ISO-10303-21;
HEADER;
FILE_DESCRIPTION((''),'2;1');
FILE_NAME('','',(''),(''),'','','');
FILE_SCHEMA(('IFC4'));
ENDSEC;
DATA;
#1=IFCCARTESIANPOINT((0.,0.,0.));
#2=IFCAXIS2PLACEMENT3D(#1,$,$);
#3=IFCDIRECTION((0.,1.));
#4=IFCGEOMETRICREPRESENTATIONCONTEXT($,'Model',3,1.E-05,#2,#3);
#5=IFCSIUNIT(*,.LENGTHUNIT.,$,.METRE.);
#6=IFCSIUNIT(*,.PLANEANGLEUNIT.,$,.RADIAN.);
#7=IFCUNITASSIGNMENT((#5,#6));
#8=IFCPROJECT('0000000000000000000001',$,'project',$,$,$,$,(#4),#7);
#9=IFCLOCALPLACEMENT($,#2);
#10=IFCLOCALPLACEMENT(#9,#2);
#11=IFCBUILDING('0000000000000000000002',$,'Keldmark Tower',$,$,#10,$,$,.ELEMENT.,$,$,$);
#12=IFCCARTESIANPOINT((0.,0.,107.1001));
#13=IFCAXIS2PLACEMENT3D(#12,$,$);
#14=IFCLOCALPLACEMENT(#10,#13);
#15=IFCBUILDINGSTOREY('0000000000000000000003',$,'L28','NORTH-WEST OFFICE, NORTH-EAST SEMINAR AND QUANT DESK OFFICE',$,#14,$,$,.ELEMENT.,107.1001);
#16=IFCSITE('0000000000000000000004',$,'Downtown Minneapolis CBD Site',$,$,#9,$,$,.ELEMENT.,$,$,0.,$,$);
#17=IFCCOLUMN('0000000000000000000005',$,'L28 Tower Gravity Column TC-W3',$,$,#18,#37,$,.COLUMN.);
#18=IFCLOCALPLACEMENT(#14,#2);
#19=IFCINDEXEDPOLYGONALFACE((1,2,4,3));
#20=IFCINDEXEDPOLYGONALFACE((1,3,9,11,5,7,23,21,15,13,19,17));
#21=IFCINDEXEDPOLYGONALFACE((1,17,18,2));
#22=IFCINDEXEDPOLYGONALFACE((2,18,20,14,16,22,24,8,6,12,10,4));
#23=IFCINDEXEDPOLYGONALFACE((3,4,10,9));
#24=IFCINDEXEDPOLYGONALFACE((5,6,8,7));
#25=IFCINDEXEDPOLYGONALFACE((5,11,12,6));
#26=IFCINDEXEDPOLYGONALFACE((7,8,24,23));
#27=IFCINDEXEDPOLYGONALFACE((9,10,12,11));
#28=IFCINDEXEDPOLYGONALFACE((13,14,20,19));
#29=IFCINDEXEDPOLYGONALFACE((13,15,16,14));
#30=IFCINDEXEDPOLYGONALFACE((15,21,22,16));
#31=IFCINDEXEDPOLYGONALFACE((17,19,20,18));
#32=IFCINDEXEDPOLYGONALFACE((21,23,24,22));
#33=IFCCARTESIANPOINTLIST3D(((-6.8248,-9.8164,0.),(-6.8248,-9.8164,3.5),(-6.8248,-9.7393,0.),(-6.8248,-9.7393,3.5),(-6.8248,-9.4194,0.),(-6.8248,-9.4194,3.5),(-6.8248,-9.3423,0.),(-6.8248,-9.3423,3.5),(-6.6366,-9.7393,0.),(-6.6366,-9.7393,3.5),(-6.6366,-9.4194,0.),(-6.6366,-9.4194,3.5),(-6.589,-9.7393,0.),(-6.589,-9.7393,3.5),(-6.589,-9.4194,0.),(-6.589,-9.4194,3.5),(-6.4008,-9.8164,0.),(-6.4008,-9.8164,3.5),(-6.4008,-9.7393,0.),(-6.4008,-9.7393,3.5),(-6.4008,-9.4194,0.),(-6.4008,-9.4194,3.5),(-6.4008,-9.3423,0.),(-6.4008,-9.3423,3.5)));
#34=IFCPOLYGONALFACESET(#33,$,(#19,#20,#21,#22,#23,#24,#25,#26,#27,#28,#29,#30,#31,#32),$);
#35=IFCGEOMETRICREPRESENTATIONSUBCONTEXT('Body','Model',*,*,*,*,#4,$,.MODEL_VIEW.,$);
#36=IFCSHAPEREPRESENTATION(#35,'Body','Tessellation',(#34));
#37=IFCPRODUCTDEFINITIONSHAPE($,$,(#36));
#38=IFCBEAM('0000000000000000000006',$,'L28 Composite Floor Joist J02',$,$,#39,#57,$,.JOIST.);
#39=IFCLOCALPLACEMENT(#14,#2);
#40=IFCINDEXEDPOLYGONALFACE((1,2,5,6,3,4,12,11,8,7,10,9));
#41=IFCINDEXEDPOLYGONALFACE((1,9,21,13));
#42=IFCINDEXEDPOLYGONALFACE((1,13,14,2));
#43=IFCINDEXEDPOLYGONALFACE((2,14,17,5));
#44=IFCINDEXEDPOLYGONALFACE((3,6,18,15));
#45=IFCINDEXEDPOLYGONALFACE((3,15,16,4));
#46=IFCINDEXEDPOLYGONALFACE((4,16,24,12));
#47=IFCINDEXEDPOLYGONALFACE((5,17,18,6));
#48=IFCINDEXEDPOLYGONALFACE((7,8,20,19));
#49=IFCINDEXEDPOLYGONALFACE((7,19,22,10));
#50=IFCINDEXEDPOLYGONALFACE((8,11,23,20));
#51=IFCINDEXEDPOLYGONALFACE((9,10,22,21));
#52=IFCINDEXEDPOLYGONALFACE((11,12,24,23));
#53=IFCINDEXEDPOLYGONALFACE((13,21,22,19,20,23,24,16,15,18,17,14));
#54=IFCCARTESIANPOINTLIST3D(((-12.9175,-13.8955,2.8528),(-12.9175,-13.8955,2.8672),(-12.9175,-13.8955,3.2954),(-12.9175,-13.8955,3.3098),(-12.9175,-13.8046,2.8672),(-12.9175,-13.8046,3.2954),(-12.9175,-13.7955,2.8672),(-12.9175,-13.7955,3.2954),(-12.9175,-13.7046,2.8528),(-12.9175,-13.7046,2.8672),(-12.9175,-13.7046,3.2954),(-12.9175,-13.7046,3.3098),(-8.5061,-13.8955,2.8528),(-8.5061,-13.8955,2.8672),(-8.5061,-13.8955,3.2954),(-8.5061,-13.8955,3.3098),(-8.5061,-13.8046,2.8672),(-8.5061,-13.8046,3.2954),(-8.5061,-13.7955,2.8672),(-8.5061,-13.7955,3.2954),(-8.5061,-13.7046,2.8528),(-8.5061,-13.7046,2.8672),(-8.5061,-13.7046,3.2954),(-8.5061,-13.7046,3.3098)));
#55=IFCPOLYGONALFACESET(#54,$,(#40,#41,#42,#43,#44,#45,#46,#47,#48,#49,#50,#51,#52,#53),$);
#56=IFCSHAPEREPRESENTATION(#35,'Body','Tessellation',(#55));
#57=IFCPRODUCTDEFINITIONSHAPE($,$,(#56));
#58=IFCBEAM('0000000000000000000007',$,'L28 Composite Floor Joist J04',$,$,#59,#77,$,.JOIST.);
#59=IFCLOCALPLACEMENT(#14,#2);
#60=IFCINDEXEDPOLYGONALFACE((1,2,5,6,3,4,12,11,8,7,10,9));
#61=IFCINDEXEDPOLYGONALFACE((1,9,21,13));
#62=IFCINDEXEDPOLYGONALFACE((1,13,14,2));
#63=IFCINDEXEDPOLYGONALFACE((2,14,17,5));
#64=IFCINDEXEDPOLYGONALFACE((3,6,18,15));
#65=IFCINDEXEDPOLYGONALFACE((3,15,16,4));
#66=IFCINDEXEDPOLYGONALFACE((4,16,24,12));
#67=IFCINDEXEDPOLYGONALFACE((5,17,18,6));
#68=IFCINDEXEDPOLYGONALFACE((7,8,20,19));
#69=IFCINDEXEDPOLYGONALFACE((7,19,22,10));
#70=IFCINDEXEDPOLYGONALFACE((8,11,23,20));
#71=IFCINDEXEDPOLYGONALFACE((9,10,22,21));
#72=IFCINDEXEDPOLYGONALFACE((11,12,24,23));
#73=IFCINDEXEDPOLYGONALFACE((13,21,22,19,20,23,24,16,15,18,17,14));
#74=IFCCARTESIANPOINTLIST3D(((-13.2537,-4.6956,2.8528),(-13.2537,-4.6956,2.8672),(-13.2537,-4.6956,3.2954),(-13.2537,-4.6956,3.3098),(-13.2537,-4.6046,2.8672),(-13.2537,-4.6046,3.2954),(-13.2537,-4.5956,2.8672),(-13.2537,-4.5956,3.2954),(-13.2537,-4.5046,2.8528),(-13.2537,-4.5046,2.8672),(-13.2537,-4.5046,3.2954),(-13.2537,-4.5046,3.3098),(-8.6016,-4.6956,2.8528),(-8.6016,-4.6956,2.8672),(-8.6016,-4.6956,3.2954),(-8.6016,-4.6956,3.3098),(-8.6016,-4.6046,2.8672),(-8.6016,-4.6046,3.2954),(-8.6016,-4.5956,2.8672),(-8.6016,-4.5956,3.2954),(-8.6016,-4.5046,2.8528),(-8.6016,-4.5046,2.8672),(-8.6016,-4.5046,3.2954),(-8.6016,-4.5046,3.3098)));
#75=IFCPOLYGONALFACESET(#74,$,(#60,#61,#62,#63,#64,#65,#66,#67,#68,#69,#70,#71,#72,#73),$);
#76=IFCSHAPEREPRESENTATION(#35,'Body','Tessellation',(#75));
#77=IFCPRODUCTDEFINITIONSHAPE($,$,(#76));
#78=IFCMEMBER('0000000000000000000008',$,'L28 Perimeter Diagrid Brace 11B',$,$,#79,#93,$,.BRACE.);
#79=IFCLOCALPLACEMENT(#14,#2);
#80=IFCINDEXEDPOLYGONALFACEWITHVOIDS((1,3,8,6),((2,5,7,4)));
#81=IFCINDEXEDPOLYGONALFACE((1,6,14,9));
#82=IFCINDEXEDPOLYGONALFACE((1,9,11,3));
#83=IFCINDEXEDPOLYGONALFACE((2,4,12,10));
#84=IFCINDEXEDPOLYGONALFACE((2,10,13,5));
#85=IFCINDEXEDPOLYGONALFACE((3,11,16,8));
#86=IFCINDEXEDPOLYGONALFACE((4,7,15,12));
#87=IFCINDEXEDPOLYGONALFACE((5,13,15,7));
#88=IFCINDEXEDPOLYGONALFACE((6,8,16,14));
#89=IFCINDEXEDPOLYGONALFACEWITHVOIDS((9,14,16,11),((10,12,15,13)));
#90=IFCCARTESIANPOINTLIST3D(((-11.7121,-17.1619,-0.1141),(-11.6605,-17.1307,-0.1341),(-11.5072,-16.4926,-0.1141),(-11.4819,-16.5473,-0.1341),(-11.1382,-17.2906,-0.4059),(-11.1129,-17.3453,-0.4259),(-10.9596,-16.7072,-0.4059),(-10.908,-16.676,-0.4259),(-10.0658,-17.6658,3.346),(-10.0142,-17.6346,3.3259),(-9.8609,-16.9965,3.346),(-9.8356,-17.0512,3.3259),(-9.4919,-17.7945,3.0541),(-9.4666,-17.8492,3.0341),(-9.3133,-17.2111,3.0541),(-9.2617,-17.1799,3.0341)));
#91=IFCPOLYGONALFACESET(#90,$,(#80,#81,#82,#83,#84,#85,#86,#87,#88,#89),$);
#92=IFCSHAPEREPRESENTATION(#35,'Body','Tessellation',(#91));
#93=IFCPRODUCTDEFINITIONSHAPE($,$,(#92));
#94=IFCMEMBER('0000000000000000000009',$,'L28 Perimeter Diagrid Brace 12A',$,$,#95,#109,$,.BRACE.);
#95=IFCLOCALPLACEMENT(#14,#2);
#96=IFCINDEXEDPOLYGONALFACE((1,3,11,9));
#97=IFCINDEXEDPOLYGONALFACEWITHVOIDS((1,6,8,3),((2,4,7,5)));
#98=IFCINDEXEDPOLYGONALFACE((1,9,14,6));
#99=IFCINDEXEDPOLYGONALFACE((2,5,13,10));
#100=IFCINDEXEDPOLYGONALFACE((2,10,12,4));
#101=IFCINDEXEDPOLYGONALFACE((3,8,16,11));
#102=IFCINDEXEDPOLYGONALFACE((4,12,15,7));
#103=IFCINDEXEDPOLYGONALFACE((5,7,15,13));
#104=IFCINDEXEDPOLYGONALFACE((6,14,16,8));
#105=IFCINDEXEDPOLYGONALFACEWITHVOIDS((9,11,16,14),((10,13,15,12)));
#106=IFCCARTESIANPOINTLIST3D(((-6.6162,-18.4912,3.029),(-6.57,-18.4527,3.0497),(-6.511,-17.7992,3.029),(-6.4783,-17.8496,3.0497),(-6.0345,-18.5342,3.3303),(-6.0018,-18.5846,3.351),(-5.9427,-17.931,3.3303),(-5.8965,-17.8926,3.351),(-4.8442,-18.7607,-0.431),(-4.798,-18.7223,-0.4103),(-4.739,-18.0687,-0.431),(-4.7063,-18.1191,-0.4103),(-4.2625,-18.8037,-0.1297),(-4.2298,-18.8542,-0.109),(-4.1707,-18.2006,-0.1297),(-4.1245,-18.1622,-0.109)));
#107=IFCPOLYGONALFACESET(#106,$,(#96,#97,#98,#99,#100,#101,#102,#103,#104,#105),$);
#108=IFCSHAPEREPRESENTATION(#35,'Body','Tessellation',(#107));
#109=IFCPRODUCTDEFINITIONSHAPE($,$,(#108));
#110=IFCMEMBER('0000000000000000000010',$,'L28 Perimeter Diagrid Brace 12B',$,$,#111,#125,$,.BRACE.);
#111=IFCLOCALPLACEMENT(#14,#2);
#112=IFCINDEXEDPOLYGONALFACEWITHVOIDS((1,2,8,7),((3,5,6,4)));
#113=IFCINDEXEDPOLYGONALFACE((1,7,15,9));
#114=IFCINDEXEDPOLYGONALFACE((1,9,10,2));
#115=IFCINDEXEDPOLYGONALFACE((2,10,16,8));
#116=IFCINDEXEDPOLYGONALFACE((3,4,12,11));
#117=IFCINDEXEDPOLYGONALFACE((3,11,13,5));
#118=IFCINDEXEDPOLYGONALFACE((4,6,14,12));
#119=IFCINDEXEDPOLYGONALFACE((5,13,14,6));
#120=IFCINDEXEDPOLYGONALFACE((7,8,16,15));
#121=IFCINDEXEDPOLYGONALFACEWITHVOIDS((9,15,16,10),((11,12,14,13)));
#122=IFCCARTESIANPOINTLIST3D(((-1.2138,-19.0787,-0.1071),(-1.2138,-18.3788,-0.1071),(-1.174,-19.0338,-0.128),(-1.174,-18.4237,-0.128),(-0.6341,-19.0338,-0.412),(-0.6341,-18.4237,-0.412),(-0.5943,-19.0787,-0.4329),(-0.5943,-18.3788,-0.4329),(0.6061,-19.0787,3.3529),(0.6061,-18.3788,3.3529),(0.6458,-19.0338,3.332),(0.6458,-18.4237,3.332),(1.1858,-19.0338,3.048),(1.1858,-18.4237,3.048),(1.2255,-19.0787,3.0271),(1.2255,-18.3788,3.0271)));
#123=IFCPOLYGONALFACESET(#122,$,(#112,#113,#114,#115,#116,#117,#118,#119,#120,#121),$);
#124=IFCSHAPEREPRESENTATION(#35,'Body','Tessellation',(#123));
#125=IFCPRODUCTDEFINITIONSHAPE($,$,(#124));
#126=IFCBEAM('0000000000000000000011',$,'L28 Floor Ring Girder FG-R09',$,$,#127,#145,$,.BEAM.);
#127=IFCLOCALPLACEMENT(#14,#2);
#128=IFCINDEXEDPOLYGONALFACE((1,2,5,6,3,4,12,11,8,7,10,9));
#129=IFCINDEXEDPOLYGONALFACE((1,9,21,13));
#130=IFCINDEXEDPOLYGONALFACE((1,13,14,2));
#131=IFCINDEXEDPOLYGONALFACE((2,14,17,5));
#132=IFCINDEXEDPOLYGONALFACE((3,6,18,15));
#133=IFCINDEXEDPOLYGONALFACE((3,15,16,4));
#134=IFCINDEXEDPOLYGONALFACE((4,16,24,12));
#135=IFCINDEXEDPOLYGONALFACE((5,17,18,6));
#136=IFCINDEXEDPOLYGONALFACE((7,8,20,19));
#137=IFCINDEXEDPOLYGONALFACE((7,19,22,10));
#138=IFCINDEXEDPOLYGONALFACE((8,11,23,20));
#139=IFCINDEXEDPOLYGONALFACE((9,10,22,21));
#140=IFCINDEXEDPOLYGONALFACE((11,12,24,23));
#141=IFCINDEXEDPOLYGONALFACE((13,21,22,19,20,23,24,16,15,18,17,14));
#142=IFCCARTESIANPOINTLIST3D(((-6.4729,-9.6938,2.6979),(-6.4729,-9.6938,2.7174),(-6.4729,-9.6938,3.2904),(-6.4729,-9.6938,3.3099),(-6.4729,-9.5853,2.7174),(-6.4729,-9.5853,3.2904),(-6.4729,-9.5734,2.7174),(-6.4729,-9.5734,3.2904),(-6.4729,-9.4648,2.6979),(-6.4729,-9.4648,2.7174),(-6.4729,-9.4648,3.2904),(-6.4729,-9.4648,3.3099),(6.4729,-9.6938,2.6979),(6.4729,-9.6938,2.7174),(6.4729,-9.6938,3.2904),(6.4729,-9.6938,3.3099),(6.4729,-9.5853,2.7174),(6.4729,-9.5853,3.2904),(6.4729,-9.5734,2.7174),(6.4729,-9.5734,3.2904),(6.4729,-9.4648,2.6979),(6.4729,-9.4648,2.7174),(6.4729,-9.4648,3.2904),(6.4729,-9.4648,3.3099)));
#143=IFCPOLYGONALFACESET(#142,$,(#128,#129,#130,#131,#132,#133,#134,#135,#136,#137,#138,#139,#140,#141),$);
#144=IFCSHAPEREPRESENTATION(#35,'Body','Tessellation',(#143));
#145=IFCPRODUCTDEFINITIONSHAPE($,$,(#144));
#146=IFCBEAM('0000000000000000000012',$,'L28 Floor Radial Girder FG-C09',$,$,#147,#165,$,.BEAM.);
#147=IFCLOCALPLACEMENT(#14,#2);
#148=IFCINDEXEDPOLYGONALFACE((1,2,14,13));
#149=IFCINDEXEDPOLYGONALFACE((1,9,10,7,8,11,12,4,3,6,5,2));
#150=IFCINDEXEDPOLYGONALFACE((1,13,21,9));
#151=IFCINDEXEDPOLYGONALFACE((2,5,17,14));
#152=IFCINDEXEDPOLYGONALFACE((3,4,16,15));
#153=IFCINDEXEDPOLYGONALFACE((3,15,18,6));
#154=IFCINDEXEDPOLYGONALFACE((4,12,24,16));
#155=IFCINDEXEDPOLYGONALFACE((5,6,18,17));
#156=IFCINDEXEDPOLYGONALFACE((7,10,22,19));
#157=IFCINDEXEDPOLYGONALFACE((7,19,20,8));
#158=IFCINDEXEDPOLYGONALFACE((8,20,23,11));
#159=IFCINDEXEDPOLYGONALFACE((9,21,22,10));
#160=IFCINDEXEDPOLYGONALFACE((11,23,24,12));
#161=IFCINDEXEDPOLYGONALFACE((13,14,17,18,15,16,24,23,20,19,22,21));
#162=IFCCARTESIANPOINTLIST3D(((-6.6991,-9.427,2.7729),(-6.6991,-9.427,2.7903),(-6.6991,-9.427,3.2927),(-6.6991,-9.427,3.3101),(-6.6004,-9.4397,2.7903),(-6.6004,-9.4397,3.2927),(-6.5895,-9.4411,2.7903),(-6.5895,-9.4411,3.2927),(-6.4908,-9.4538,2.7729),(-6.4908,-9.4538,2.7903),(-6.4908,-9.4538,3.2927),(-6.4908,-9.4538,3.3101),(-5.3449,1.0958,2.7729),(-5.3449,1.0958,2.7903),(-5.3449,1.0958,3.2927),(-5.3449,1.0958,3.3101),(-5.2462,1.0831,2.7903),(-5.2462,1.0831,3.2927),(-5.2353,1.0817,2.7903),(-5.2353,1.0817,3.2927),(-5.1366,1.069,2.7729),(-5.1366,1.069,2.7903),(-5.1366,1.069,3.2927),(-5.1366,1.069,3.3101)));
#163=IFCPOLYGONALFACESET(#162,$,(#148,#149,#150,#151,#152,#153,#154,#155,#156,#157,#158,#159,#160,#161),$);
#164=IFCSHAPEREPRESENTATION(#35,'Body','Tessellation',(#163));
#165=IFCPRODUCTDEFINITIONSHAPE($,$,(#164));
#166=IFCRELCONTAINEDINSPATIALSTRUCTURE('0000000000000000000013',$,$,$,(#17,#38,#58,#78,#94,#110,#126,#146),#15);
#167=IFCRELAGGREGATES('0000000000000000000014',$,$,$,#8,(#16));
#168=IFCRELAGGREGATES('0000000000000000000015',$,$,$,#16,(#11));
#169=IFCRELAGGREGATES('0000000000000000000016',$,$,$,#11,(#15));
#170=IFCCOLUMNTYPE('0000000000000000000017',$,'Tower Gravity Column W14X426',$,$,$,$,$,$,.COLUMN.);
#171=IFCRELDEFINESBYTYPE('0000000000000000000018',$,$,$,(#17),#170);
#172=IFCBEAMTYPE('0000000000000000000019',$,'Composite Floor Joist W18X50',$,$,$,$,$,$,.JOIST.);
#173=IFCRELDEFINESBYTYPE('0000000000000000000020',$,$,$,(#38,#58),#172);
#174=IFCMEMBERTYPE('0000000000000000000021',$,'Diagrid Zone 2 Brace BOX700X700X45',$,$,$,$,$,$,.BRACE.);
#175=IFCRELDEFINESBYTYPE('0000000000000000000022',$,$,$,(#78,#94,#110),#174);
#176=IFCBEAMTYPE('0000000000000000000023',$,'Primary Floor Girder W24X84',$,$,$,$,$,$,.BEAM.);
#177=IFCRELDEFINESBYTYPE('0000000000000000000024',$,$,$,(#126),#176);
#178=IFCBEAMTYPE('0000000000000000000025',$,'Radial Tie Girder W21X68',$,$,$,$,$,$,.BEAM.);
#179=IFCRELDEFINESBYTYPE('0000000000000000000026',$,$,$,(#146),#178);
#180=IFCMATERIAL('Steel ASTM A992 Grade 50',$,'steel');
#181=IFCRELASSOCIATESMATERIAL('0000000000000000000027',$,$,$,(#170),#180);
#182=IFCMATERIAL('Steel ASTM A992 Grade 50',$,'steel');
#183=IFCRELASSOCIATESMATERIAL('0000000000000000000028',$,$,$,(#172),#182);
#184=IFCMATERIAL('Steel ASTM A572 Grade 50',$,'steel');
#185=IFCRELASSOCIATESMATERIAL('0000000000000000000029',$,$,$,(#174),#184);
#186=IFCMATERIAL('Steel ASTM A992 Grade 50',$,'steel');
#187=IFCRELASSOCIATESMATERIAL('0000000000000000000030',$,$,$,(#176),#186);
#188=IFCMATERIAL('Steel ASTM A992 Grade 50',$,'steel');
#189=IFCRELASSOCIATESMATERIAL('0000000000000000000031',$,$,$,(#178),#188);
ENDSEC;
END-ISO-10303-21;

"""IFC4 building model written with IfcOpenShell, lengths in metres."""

from ifc_helpers import new_model, si_unit, direction, frame, origin, origin_2d, place, context, subcontext, project, spatial, hollow_rectangle, i_section, extrude, material, material_profile, profile_set, type_object, element, save


model = new_model("IFC4")

# Units and contexts
model_context = context("Model", 3, precision=1e-05, world=origin(), true_north=direction((0.0, 1.0)))
body_context = subcontext(model_context, "Body", "Model", "MODEL_VIEW")
ifc_project = project(units=[si_unit("LENGTHUNIT", "METRE"), si_unit("PLANEANGLEUNIT", "RADIAN")], contexts=[model_context])

# Site, building, storey
site_placement = place(None, origin())
site = spatial("IfcSite", under=ifc_project, at=site_placement, Name="Downtown Minneapolis CBD Site", CompositionType="ELEMENT", RefElevation=0.0)
building_placement = place(site_placement, origin())
building = spatial("IfcBuilding", under=site, at=building_placement, Name="Keldmark Tower", CompositionType="ELEMENT")
storey_placement = place(building_placement, frame((0.0, 0.0, 107.1001)))
storey = spatial("IfcBuildingStorey", under=building, at=storey_placement, Name="L28", Description="NORTH-WEST OFFICE, NORTH-EAST SEMINAR AND QUANT DESK OFFICE", CompositionType="ELEMENT", Elevation=107.1001)

# Column
ifc_material_1 = material(Name="Steel ASTM A992 Grade 50", Category="steel")
ifc_material_profile_1 = material_profile(ifc_material_1, i_section(OverallWidth=0.4241, OverallDepth=0.4741, WebThickness=0.0476, FlangeThickness=0.0771, at=origin_2d()), Name="W14X426")
ifc_profile_set_1 = profile_set([ifc_material_profile_1], Name="Steel ASTM A992 Grade 50")
column_type = type_object("IfcColumnType", Name="Tower Gravity Column W14X426", PredefinedType="COLUMN", material=ifc_profile_set_1)
column_placement = place(storey_placement, frame((-6.6128, -9.5793, 0.0), z_axis=(0.0, 0.0, 1.0), x_axis=(1.0, 0.0, 0.0)))
element("IfcColumn", 1, at=column_placement, inside=storey, type_object=column_type, Name="L28 Tower Gravity Column TC-W3", PredefinedType="COLUMN", context=body_context, shape_type="SweptSolid", body=[
    extrude(i_section(OverallWidth=0.4241, OverallDepth=0.4741, WebThickness=0.0476, FlangeThickness=0.0771, at=origin_2d()), origin(), (0.0, 0.0, 1.0), 3.5),
])

# Beams
ifc_material_2 = material(Name="Steel ASTM A992 Grade 50", Category="steel")
ifc_material_profile_2 = material_profile(ifc_material_2, i_section(OverallWidth=0.1909, OverallDepth=0.457, WebThickness=0.009, FlangeThickness=0.0144, at=origin_2d()), Name="W18X50")
ifc_profile_set_2 = profile_set([ifc_material_profile_2], Name="Steel ASTM A992 Grade 50")
beam_type_1 = type_object("IfcBeamType", Name="Composite Floor Joist W18X50", PredefinedType="JOIST", material=ifc_profile_set_2)
beam_1_placement = place(storey_placement, frame((-12.9175, -13.8, 3.0813), z_axis=(1.0, 0.0, 0.0), x_axis=(0.0, 1.0, 0.0)))
element("IfcBeam", 2, at=beam_1_placement, inside=storey, type_object=beam_type_1, Name="L28 Composite Floor Joist J02", PredefinedType="JOIST", context=body_context, shape_type="SweptSolid", body=[
    extrude(i_section(OverallWidth=0.1909, OverallDepth=0.457, WebThickness=0.009, FlangeThickness=0.0144, at=origin_2d()), origin(), (0.0, 0.0, 1.0), 4.4114),
])
beam_2_placement = place(storey_placement, frame((-13.2537, -4.6001, 3.0813), z_axis=(1.0, 0.0, 0.0), x_axis=(0.0, 1.0, 0.0)))
element("IfcBeam", 3, at=beam_2_placement, inside=storey, type_object=beam_type_1, Name="L28 Composite Floor Joist J04", PredefinedType="JOIST", context=body_context, shape_type="SweptSolid", body=[
    extrude(i_section(OverallWidth=0.1909, OverallDepth=0.457, WebThickness=0.009, FlangeThickness=0.0144, at=origin_2d()), origin(), (0.0, 0.0, 1.0), 4.6521),
])

# Members
ifc_material_3 = material(Name="Steel ASTM A572 Grade 50", Category="steel")
ifc_material_profile_3 = material_profile(ifc_material_3, hollow_rectangle(XDim=0.7, YDim=0.7, WallThickness=0.0449, at=origin_2d()), Name="BOX700X700X45")
ifc_profile_set_3 = profile_set([ifc_material_profile_3], Name="Steel ASTM A572 Grade 50")
member_type = type_object("IfcMemberType", Name="Diagrid Zone 2 Brace BOX700X700X45", PredefinedType="BRACE", material=ifc_profile_set_3)
member_1_placement = place(storey_placement, frame((-11.3101, -16.9189, -0.27), z_axis=(0.425976, -0.130389, 0.895289), x_axis=(0.29269, 0.956207, 0.0)))
element("IfcMember", 4, at=member_1_placement, inside=storey, type_object=member_type, Name="L28 Perimeter Diagrid Brace 11B", PredefinedType="BRACE", context=body_context, shape_type="SweptSolid", body=[
    extrude(hollow_rectangle(XDim=0.7, YDim=0.7, WallThickness=0.0449, at=origin_2d()), origin(), (0.0, 0.0, 1.0), 3.8647),
])
member_2_placement = place(storey_placement, frame((-4.4844, -18.4614, -0.27), z_axis=(-0.454743, 0.06917, 0.887933), x_axis=(-0.150378, -0.988629, 0.0)))
element("IfcMember", 5, at=member_2_placement, inside=storey, type_object=member_type, Name="L28 Perimeter Diagrid Brace 12A", PredefinedType="BRACE", context=body_context, shape_type="SweptSolid", body=[
    extrude(hollow_rectangle(XDim=0.7, YDim=0.7, WallThickness=0.0449, at=origin_2d()), origin(), (0.0, 0.0, 1.0), 3.8967),
])
member_3_placement = place(storey_placement, frame((-0.9041, -18.7288, -0.27), z_axis=(0.465504, 0.0, 0.885046), x_axis=(0.0, 1.0, 0.0)))
element("IfcMember", 6, at=member_3_placement, inside=storey, type_object=member_type, Name="L28 Perimeter Diagrid Brace 12B", PredefinedType="BRACE", context=body_context, shape_type="SweptSolid", body=[
    extrude(hollow_rectangle(XDim=0.7, YDim=0.7, WallThickness=0.0449, at=origin_2d()), origin(), (0.0, 0.0, 1.0), 3.9094),
])

# Beams
ifc_material_4 = material(Name="Steel ASTM A992 Grade 50", Category="steel")
ifc_material_profile_4 = material_profile(ifc_material_4, i_section(OverallWidth=0.229, OverallDepth=0.6121, WebThickness=0.012, FlangeThickness=0.0195, at=origin_2d()), Name="W24X84")
ifc_profile_set_4 = profile_set([ifc_material_profile_4], Name="Steel ASTM A992 Grade 50")
beam_type_2 = type_object("IfcBeamType", Name="Primary Floor Girder W24X84", PredefinedType="BEAM", material=ifc_profile_set_4)
beam_3_placement = place(storey_placement, frame((-6.4729, -9.5793, 3.0039), z_axis=(1.0, 0.0, 0.0), x_axis=(0.0, 1.0, 0.0)))
element("IfcBeam", 7, at=beam_3_placement, inside=storey, type_object=beam_type_2, Name="L28 Floor Ring Girder FG-R09", PredefinedType="BEAM", context=body_context, shape_type="SweptSolid", body=[
    extrude(i_section(OverallWidth=0.229, OverallDepth=0.6121, WebThickness=0.012, FlangeThickness=0.0195, at=origin_2d()), origin(), (0.0, 0.0, 1.0), 12.9458),
])
ifc_material_5 = material(Name="Steel ASTM A992 Grade 50", Category="steel")
ifc_material_profile_5 = material_profile(ifc_material_5, i_section(OverallWidth=0.21, OverallDepth=0.5371, WebThickness=0.011, FlangeThickness=0.0173, at=origin_2d()), Name="W21X68")
ifc_profile_set_5 = profile_set([ifc_material_profile_5], Name="Steel ASTM A992 Grade 50")
beam_type_3 = type_object("IfcBeamType", Name="Radial Tie Girder W21X68", PredefinedType="BEAM", material=ifc_profile_set_5)
beam_4_placement = place(storey_placement, frame((-6.595, -9.4404, 3.0415), z_axis=(0.127642, 0.99182, 0.0), x_axis=(-0.99182, 0.127642, 0.0)))
element("IfcBeam", 8, at=beam_4_placement, inside=storey, type_object=beam_type_3, Name="L28 Floor Radial Girder FG-C09", PredefinedType="BEAM", context=body_context, shape_type="SweptSolid", body=[
    extrude(i_section(OverallWidth=0.21, OverallDepth=0.5371, WebThickness=0.011, FlangeThickness=0.0173, at=origin_2d()), origin(), (0.0, 0.0, 1.0), 10.6096),
])

save(model, "model.ifc")
